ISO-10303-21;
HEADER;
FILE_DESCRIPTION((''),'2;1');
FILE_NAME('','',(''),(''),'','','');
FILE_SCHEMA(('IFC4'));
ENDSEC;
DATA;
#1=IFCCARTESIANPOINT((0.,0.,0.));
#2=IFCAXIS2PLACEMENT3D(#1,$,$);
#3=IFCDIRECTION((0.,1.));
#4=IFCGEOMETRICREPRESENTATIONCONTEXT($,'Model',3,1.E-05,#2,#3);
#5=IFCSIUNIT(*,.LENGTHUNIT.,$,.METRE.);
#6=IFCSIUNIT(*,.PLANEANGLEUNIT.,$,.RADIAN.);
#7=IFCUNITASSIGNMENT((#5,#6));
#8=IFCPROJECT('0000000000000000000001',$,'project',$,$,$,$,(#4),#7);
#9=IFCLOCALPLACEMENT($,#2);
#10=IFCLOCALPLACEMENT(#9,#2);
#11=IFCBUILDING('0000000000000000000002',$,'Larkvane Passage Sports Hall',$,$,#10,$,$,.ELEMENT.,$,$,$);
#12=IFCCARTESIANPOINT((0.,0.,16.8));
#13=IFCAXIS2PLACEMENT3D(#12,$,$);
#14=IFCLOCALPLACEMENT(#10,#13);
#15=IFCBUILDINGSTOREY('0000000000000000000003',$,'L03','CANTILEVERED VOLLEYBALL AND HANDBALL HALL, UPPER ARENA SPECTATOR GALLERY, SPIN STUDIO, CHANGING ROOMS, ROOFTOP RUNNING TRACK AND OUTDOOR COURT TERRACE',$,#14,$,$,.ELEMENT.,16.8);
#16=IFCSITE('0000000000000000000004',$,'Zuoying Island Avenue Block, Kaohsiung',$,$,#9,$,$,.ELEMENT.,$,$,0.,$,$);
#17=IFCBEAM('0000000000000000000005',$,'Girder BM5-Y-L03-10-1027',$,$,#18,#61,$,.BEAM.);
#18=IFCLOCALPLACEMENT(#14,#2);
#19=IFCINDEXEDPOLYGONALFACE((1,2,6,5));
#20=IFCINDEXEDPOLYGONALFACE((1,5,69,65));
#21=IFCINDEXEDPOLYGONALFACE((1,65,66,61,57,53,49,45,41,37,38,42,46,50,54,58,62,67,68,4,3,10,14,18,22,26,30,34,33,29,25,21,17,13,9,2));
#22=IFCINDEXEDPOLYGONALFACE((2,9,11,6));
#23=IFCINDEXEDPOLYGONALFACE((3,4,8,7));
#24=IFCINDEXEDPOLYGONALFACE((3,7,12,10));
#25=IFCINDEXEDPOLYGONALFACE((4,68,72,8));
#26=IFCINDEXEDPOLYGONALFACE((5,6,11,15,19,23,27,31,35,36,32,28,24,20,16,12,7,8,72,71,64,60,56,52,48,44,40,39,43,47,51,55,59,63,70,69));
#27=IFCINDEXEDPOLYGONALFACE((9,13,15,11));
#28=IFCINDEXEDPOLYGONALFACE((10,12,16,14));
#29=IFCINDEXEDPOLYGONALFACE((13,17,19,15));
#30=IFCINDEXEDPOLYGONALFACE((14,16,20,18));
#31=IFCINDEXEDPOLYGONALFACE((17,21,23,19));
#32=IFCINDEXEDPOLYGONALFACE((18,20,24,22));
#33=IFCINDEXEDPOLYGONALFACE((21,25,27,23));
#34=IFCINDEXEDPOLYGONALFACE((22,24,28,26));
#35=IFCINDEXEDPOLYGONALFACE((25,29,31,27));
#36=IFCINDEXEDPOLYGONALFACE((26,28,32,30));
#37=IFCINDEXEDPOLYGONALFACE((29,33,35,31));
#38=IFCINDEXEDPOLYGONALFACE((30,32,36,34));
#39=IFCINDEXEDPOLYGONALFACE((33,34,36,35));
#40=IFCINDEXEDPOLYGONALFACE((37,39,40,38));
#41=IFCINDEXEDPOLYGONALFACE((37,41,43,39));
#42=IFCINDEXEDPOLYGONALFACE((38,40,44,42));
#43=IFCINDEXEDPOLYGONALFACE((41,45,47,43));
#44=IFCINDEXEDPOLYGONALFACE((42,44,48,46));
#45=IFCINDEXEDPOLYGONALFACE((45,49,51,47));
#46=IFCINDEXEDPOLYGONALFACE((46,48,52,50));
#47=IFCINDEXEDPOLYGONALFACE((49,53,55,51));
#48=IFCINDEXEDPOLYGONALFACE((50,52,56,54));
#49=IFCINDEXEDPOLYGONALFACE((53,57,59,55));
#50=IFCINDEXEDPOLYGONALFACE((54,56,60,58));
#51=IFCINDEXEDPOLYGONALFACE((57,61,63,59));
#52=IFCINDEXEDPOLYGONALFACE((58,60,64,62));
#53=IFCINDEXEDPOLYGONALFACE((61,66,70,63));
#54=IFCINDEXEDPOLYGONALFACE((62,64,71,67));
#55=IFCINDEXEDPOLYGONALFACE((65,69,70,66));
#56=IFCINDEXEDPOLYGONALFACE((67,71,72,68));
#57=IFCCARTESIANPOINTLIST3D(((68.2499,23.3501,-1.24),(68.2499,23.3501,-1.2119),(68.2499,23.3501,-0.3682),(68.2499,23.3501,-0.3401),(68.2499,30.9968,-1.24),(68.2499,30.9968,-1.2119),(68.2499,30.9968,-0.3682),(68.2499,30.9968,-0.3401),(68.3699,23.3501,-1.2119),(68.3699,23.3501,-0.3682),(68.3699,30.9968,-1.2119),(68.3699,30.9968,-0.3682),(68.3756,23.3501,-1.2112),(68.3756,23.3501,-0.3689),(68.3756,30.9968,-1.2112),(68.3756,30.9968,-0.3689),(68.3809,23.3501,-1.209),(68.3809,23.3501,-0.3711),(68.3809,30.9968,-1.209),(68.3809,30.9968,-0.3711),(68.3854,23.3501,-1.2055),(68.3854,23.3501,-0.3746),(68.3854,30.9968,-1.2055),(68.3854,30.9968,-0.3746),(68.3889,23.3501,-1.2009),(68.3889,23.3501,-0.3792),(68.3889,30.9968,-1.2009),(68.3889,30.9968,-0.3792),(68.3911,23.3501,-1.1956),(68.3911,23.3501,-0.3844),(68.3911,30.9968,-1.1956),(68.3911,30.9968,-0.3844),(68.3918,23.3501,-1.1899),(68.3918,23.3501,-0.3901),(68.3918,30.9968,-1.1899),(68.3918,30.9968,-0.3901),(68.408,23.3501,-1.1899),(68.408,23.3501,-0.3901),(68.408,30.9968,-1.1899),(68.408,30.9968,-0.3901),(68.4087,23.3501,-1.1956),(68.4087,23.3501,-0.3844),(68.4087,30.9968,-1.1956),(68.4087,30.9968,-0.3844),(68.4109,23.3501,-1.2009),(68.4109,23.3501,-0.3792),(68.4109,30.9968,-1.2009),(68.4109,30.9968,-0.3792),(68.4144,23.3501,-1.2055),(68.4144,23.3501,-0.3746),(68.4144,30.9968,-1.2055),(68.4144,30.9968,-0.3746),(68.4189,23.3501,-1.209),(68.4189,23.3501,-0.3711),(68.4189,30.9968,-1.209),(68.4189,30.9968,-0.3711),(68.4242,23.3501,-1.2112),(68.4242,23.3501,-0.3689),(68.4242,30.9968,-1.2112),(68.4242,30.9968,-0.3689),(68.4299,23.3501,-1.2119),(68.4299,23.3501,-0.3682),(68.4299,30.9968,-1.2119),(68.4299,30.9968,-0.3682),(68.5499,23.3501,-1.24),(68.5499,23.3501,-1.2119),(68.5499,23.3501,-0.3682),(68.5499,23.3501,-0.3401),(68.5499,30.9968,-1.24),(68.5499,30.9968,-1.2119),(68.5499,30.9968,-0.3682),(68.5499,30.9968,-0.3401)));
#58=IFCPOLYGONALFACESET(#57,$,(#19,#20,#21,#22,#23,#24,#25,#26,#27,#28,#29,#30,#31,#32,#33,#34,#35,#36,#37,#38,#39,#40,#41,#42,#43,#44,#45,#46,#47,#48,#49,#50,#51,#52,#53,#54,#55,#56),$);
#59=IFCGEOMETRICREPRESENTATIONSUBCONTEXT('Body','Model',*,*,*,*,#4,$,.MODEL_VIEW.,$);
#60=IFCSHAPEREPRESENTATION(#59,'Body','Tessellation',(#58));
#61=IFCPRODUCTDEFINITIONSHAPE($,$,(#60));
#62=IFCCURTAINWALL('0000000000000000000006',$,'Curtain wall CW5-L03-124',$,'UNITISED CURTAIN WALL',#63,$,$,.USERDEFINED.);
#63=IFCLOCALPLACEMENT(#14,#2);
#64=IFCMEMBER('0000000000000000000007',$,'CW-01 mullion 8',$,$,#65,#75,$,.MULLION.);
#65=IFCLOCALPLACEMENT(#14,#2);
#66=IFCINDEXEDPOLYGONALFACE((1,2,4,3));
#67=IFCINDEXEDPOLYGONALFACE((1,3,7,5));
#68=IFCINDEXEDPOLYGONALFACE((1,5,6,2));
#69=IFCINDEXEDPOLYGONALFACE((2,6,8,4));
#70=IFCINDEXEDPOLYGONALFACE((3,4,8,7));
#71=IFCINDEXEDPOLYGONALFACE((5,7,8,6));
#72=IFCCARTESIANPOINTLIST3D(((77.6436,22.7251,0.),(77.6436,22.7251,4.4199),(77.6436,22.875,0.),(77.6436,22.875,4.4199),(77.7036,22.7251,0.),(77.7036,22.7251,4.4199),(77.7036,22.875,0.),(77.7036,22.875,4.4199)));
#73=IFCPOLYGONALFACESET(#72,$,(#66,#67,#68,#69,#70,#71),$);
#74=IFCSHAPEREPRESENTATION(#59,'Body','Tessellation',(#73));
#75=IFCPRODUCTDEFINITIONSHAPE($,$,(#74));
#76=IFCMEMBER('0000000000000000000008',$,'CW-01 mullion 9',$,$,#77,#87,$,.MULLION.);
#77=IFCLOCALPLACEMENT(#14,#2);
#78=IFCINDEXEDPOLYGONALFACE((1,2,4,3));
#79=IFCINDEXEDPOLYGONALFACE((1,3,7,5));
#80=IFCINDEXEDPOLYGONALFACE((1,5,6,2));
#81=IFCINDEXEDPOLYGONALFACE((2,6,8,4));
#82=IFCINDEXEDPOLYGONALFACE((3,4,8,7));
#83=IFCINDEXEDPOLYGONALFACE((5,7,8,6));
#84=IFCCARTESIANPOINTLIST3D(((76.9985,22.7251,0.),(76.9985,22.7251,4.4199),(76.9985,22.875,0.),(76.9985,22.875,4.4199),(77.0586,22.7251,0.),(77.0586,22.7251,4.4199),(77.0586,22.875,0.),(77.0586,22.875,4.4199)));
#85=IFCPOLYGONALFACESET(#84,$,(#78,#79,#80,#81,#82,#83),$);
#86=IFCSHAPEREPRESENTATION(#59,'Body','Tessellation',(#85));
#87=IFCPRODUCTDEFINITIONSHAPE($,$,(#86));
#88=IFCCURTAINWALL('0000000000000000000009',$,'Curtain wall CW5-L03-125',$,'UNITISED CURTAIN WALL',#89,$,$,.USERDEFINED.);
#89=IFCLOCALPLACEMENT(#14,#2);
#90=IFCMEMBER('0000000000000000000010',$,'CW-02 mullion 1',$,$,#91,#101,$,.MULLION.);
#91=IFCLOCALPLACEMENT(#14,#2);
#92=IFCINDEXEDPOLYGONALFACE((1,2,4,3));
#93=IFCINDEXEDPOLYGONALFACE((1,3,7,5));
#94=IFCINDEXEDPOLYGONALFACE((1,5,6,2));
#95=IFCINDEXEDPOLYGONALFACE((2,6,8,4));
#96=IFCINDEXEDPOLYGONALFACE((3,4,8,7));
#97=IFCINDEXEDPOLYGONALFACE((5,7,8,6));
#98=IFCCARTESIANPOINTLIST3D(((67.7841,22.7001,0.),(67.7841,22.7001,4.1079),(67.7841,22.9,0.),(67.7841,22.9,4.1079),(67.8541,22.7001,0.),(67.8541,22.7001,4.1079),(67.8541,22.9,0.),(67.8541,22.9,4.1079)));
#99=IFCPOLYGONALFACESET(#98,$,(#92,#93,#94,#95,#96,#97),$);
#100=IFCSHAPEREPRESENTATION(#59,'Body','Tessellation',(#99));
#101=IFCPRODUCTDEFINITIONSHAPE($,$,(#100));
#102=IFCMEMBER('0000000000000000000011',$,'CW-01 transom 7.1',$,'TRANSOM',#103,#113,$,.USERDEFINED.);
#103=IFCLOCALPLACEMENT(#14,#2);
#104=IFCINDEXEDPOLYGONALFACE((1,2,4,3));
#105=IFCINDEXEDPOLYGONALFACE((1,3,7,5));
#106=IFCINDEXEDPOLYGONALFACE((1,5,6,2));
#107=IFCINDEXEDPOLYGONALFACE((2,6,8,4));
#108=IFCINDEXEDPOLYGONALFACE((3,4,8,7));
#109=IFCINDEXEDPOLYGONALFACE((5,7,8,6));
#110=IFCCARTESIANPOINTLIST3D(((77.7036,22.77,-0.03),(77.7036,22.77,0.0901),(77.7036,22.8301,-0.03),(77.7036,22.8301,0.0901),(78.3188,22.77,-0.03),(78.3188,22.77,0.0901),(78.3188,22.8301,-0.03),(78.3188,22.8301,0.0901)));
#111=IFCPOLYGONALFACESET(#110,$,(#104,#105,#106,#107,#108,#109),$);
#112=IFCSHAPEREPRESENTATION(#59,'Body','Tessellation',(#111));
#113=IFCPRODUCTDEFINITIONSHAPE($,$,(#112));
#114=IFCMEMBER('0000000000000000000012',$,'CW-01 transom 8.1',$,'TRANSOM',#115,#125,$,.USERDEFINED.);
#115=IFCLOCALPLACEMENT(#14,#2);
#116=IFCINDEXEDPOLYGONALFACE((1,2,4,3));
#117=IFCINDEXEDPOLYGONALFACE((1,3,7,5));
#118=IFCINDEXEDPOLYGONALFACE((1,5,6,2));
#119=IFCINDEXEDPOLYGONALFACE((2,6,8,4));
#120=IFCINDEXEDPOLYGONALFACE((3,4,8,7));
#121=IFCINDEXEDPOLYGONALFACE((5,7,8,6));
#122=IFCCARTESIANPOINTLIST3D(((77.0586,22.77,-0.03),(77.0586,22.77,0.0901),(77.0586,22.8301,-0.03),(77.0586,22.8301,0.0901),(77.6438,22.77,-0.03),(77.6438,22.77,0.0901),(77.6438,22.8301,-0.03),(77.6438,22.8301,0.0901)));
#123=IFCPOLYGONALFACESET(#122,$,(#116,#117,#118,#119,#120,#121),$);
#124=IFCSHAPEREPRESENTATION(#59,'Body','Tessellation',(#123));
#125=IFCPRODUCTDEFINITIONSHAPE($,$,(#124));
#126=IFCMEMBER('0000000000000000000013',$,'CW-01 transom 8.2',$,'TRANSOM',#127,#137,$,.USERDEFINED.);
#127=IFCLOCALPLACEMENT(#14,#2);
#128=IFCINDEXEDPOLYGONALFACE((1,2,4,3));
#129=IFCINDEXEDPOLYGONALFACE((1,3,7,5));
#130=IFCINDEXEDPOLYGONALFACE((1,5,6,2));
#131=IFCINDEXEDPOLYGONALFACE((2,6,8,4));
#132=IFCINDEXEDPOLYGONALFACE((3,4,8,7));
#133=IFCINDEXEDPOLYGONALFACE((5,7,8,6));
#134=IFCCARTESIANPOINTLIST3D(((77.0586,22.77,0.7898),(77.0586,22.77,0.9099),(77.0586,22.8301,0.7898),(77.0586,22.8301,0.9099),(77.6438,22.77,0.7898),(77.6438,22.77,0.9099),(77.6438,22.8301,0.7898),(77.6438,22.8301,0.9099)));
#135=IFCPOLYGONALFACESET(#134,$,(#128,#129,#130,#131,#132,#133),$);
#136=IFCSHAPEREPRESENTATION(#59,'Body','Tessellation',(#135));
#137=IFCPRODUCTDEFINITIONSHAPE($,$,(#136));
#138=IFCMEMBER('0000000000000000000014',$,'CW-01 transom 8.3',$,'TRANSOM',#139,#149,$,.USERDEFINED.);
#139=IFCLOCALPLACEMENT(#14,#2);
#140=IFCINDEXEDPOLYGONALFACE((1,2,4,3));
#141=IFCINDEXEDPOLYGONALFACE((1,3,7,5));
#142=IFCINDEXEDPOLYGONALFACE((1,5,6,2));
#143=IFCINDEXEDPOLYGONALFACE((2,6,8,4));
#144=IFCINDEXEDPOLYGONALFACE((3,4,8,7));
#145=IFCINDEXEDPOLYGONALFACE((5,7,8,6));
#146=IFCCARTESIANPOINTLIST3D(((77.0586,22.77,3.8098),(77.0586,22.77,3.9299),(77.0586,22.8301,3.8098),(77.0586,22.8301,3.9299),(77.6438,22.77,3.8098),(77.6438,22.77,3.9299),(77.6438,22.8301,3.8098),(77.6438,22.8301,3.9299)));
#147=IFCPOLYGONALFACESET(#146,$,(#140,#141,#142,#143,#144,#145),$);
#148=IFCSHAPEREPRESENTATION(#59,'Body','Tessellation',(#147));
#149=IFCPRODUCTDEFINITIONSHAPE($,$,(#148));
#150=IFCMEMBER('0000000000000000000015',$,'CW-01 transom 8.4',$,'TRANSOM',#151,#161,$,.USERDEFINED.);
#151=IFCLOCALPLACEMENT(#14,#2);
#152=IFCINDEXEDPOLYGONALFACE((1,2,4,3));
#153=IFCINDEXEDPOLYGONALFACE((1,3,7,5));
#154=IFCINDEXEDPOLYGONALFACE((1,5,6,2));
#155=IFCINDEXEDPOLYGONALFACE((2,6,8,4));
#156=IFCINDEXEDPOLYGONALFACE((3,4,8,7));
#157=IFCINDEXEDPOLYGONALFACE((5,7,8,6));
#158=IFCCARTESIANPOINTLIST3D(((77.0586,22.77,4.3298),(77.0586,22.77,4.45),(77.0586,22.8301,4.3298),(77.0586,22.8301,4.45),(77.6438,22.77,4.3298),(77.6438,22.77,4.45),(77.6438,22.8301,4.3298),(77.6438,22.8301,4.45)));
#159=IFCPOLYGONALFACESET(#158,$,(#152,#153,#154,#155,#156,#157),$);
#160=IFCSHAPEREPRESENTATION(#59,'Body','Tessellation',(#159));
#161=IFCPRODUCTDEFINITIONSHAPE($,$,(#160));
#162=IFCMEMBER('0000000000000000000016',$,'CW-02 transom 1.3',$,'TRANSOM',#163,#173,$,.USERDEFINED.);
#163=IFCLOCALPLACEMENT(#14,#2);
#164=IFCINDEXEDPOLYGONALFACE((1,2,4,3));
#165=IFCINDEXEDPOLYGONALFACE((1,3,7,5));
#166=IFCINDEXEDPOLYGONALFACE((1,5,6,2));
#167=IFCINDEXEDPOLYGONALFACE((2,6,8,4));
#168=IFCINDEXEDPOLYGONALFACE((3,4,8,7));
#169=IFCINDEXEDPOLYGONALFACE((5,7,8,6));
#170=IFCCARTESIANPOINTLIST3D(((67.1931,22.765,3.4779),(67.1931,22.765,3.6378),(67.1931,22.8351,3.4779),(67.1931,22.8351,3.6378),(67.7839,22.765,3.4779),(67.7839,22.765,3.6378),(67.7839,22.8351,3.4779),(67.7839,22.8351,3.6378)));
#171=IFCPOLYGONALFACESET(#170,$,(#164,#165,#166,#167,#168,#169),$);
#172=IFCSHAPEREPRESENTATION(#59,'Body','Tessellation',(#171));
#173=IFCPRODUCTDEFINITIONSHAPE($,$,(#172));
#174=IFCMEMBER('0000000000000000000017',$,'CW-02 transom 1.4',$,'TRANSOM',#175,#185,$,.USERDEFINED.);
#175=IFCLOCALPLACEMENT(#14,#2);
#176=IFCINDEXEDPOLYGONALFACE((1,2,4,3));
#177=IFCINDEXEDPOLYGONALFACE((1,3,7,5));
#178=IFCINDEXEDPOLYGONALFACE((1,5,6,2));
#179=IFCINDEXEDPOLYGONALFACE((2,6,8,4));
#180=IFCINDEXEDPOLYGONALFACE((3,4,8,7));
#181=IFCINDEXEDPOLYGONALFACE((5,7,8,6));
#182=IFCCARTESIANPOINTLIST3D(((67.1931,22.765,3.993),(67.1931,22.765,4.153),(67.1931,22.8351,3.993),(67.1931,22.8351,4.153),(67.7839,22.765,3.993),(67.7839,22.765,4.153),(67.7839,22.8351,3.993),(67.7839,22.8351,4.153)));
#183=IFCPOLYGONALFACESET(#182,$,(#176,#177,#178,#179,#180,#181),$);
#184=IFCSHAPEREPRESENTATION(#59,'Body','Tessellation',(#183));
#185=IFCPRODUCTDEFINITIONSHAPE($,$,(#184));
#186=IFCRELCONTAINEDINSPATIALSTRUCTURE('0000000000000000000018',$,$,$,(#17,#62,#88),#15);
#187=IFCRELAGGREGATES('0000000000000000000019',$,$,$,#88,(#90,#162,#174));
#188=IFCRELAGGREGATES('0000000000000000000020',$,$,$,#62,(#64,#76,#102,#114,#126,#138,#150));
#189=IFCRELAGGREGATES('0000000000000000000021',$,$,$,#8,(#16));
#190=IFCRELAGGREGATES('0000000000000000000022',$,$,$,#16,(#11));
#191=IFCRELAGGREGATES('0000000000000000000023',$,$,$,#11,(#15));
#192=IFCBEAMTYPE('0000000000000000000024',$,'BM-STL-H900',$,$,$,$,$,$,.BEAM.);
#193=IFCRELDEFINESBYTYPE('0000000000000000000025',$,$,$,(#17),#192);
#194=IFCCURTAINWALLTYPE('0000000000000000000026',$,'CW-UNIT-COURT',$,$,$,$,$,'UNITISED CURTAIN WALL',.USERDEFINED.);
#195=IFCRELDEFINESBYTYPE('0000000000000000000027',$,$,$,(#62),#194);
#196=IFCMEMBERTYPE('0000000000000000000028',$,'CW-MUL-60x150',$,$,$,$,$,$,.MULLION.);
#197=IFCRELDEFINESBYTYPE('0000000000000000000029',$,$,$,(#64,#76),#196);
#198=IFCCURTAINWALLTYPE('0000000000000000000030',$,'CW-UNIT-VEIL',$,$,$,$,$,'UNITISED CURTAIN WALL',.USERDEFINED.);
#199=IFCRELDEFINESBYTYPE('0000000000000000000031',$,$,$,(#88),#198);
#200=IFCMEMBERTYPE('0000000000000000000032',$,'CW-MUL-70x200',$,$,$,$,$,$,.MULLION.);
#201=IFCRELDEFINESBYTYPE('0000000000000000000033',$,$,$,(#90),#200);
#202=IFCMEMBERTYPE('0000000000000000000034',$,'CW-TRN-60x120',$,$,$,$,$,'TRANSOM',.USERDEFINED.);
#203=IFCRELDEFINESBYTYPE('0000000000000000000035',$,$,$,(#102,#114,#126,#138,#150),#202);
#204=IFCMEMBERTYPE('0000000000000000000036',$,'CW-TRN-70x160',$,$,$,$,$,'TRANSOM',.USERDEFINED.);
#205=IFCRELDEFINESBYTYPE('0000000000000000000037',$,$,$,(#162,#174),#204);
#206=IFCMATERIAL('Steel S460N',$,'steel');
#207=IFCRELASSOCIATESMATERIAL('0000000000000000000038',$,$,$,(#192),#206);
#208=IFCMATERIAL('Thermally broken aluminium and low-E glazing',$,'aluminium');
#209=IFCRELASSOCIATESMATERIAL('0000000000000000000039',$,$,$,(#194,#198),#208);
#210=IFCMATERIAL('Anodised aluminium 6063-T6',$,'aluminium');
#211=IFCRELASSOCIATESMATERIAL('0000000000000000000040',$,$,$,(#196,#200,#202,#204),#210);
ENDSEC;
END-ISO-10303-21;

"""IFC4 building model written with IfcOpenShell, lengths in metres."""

from ifc_helpers import new_model, si_unit, direction, frame, origin, origin_2d, place, context, subcontext, project, spatial, rectangle, i_section, extrude, material, material_profile, profile_set, type_object, element, aggregate, save


model = new_model("IFC4")

# Units and contexts
model_context = context("Model", 3, precision=1e-05, world=origin(), true_north=direction((0.0, 1.0)))
body_context = subcontext(model_context, "Body", "Model", "MODEL_VIEW")
ifc_project = project(units=[si_unit("LENGTHUNIT", "METRE"), si_unit("PLANEANGLEUNIT", "RADIAN")], contexts=[model_context])

# Site, building, storey
site_placement = place(None, origin())
site = spatial("IfcSite", under=ifc_project, at=site_placement, Name="Zuoying Island Avenue Block, Kaohsiung", CompositionType="ELEMENT", RefElevation=0.0)
building_placement = place(site_placement, origin())
building = spatial("IfcBuilding", under=site, at=building_placement, Name="Larkvane Passage Sports Hall", CompositionType="ELEMENT")
storey_placement = place(building_placement, frame((0.0, 0.0, 16.8)))
storey = spatial("IfcBuildingStorey", under=building, at=storey_placement, Name="L03", Description="CANTILEVERED VOLLEYBALL AND HANDBALL HALL, UPPER ARENA SPECTATOR GALLERY, SPIN STUDIO, CHANGING ROOMS, ROOFTOP RUNNING TRACK AND OUTDOOR COURT TERRACE", CompositionType="ELEMENT", Elevation=16.8)

# Shared definitions
ifc_material_1 = material(Name="Steel S460N", Category="steel")

# Beam
ifc_material_profile_1 = material_profile(ifc_material_1, i_section(OverallWidth=0.3, OverallDepth=0.8999, WebThickness=0.0161, FlangeThickness=0.0281, FilletRadius=0.022, at=origin_2d()), Name="H-900x300x16x28")
ifc_profile_set_1 = profile_set([ifc_material_profile_1], Name="Steel S460N")
beam_type_1 = type_object("IfcBeamType", Name="BM-STL-H900", PredefinedType="BEAM", material=ifc_profile_set_1)
beam_1_placement = place(storey_placement, frame((68.3999, 23.3501, -0.79), z_axis=(0.0, 1.0, 0.0), x_axis=(-1.0, 0.0, 0.0)))
element("IfcBeam", 1, at=beam_1_placement, inside=storey, type_object=beam_type_1, Name="Girder BM5-Y-L03-10-1027", PredefinedType="BEAM", context=body_context, shape_type="SweptSolid", body=[
    extrude(i_section(OverallWidth=0.3, OverallDepth=0.8999, WebThickness=0.0161, FlangeThickness=0.0281, FilletRadius=0.022, at=origin_2d()), origin(), (0.0, 0.0, 1.0), 7.6467),
])

# Curtain wall, members
ifc_material_2 = material(Name="Thermally broken aluminium and low-E glazing", Category="aluminium")
curtain_wall_type_1 = type_object("IfcCurtainWallType", Name="CW-UNIT-COURT", ElementType="UNITISED CURTAIN WALL", PredefinedType="USERDEFINED", material=ifc_material_2)
curtain_wall_1_placement = place(storey_placement, origin())
curtain_wall_1 = element("IfcCurtainWall", 2, at=curtain_wall_1_placement, inside=storey, type_object=curtain_wall_type_1, Name="Curtain wall CW5-L03-124", ObjectType="UNITISED CURTAIN WALL", PredefinedType="USERDEFINED")
ifc_material_3 = material(Name="Anodised aluminium 6063-T6", Category="aluminium")
ifc_material_profile_2 = material_profile(ifc_material_3, rectangle(XDim=0.0601, YDim=0.1499, at=origin_2d()), Name="ALU-MUL-60x150")
ifc_profile_set_2 = profile_set([ifc_material_profile_2], Name="Anodised aluminium 6063-T6")
member_type_1 = type_object("IfcMemberType", Name="CW-MUL-60x150", PredefinedType="MULLION", material=ifc_profile_set_2)
member_1_placement = place(storey_placement, frame((77.6736, 22.8, 0.0), z_axis=(0.0, 0.0, 1.0), x_axis=(-1.0, 0.0, 0.0)))
member_1 = element("IfcMember", 3, at=member_1_placement, type_object=member_type_1, Name="CW-01 mullion 8", PredefinedType="MULLION", context=body_context, shape_type="SweptSolid", body=[
    extrude(rectangle(XDim=0.0601, YDim=0.1499, at=origin_2d()), origin(), (0.0, 0.0, 1.0), 4.4199),
])
member_2_placement = place(storey_placement, frame((77.0286, 22.8, 0.0), z_axis=(0.0, 0.0, 1.0), x_axis=(-1.0, 0.0, 0.0)))
member_2 = element("IfcMember", 4, at=member_2_placement, type_object=member_type_1, Name="CW-01 mullion 9", PredefinedType="MULLION", context=body_context, shape_type="SweptSolid", body=[
    extrude(rectangle(XDim=0.0601, YDim=0.1499, at=origin_2d()), origin(), (0.0, 0.0, 1.0), 4.4199),
])

# Curtain wall, member
curtain_wall_type_2 = type_object("IfcCurtainWallType", Name="CW-UNIT-VEIL", ElementType="UNITISED CURTAIN WALL", PredefinedType="USERDEFINED", material=ifc_material_2)
curtain_wall_2_placement = place(storey_placement, origin())
curtain_wall_2 = element("IfcCurtainWall", 5, at=curtain_wall_2_placement, inside=storey, type_object=curtain_wall_type_2, Name="Curtain wall CW5-L03-125", ObjectType="UNITISED CURTAIN WALL", PredefinedType="USERDEFINED")
ifc_material_profile_3 = material_profile(ifc_material_3, rectangle(XDim=0.0701, YDim=0.2, at=origin_2d()), Name="ALU-MUL-70x200")
ifc_profile_set_3 = profile_set([ifc_material_profile_3], Name="Anodised aluminium 6063-T6")
member_type_2 = type_object("IfcMemberType", Name="CW-MUL-70x200", PredefinedType="MULLION", material=ifc_profile_set_3)
member_3_placement = place(storey_placement, frame((67.8191, 22.8, 0.0), z_axis=(0.0, 0.0, 1.0), x_axis=(-1.0, 0.0, 0.0)))
member_3 = element("IfcMember", 6, at=member_3_placement, type_object=member_type_2, Name="CW-02 mullion 1", PredefinedType="MULLION", context=body_context, shape_type="SweptSolid", body=[
    extrude(rectangle(XDim=0.0701, YDim=0.2, at=origin_2d()), origin(), (0.0, 0.0, 1.0), 4.1079),
])

# Members
ifc_material_profile_4 = material_profile(ifc_material_3, rectangle(XDim=0.0601, YDim=0.1201, at=origin_2d()), Name="ALU-TRN-60x120")
ifc_profile_set_4 = profile_set([ifc_material_profile_4], Name="Anodised aluminium 6063-T6")
member_type_3 = type_object("IfcMemberType", Name="CW-TRN-60x120", ElementType="TRANSOM", PredefinedType="USERDEFINED", material=ifc_profile_set_4)
member_4_placement = place(storey_placement, frame((78.3188, 22.8, 0.03), z_axis=(-1.0, 0.0, 0.0), x_axis=(0.0, -1.0, 0.0)))
member_4 = element("IfcMember", 7, at=member_4_placement, type_object=member_type_3, Name="CW-01 transom 7.1", ObjectType="TRANSOM", PredefinedType="USERDEFINED", context=body_context, shape_type="SweptSolid", body=[
    extrude(rectangle(XDim=0.0601, YDim=0.1201, at=origin_2d()), origin(), (0.0, 0.0, 1.0), 0.6152),
])
member_5_placement = place(storey_placement, frame((77.6438, 22.8, 0.03), z_axis=(-1.0, 0.0, 0.0), x_axis=(0.0, -1.0, 0.0)))
member_5 = element("IfcMember", 8, at=member_5_placement, type_object=member_type_3, Name="CW-01 transom 8.1", ObjectType="TRANSOM", PredefinedType="USERDEFINED", context=body_context, shape_type="SweptSolid", body=[
    extrude(rectangle(XDim=0.0601, YDim=0.1201, at=origin_2d()), origin(), (0.0, 0.0, 1.0), 0.5852),
])
member_6_placement = place(storey_placement, frame((77.6438, 22.8, 0.8499), z_axis=(-1.0, 0.0, 0.0), x_axis=(0.0, -1.0, 0.0)))
member_6 = element("IfcMember", 9, at=member_6_placement, type_object=member_type_3, Name="CW-01 transom 8.2", ObjectType="TRANSOM", PredefinedType="USERDEFINED", context=body_context, shape_type="SweptSolid", body=[
    extrude(rectangle(XDim=0.0601, YDim=0.1201, at=origin_2d()), origin(), (0.0, 0.0, 1.0), 0.5852),
])
member_7_placement = place(storey_placement, frame((77.6438, 22.8, 3.8699), z_axis=(-1.0, 0.0, 0.0), x_axis=(0.0, -1.0, 0.0)))
member_7 = element("IfcMember", 10, at=member_7_placement, type_object=member_type_3, Name="CW-01 transom 8.3", ObjectType="TRANSOM", PredefinedType="USERDEFINED", context=body_context, shape_type="SweptSolid", body=[
    extrude(rectangle(XDim=0.0601, YDim=0.1201, at=origin_2d()), origin(), (0.0, 0.0, 1.0), 0.5852),
])
member_8_placement = place(storey_placement, frame((77.6438, 22.8, 4.3899), z_axis=(-1.0, 0.0, 0.0), x_axis=(0.0, -1.0, 0.0)))
member_8 = element("IfcMember", 11, at=member_8_placement, type_object=member_type_3, Name="CW-01 transom 8.4", ObjectType="TRANSOM", PredefinedType="USERDEFINED", context=body_context, shape_type="SweptSolid", body=[
    extrude(rectangle(XDim=0.0601, YDim=0.1201, at=origin_2d()), origin(), (0.0, 0.0, 1.0), 0.5852),
])
ifc_material_profile_5 = material_profile(ifc_material_3, rectangle(XDim=0.0701, YDim=0.1599, at=origin_2d()), Name="ALU-TRN-70x160")
ifc_profile_set_5 = profile_set([ifc_material_profile_5], Name="Anodised aluminium 6063-T6")
member_type_4 = type_object("IfcMemberType", Name="CW-TRN-70x160", ElementType="TRANSOM", PredefinedType="USERDEFINED", material=ifc_profile_set_5)
member_9_placement = place(storey_placement, frame((67.7839, 22.8, 3.5579), z_axis=(-1.0, 0.0, 0.0), x_axis=(0.0, -1.0, 0.0)))
member_9 = element("IfcMember", 12, at=member_9_placement, type_object=member_type_4, Name="CW-02 transom 1.3", ObjectType="TRANSOM", PredefinedType="USERDEFINED", context=body_context, shape_type="SweptSolid", body=[
    extrude(rectangle(XDim=0.0701, YDim=0.1599, at=origin_2d()), origin(), (0.0, 0.0, 1.0), 0.5908),
])
member_10_placement = place(storey_placement, frame((67.7839, 22.8, 4.073), z_axis=(-1.0, 0.0, 0.0), x_axis=(0.0, -1.0, 0.0)))
member_10 = element("IfcMember", 13, at=member_10_placement, type_object=member_type_4, Name="CW-02 transom 1.4", ObjectType="TRANSOM", PredefinedType="USERDEFINED", context=body_context, shape_type="SweptSolid", body=[
    extrude(rectangle(XDim=0.0701, YDim=0.1599, at=origin_2d()), origin(), (0.0, 0.0, 1.0), 0.5908),
])
aggregate(curtain_wall_2, [member_3, member_9, member_10])

aggregate(curtain_wall_1, [member_1, member_2, member_4, member_5, member_6, member_7, member_8])

save(model, "model.ifc")
